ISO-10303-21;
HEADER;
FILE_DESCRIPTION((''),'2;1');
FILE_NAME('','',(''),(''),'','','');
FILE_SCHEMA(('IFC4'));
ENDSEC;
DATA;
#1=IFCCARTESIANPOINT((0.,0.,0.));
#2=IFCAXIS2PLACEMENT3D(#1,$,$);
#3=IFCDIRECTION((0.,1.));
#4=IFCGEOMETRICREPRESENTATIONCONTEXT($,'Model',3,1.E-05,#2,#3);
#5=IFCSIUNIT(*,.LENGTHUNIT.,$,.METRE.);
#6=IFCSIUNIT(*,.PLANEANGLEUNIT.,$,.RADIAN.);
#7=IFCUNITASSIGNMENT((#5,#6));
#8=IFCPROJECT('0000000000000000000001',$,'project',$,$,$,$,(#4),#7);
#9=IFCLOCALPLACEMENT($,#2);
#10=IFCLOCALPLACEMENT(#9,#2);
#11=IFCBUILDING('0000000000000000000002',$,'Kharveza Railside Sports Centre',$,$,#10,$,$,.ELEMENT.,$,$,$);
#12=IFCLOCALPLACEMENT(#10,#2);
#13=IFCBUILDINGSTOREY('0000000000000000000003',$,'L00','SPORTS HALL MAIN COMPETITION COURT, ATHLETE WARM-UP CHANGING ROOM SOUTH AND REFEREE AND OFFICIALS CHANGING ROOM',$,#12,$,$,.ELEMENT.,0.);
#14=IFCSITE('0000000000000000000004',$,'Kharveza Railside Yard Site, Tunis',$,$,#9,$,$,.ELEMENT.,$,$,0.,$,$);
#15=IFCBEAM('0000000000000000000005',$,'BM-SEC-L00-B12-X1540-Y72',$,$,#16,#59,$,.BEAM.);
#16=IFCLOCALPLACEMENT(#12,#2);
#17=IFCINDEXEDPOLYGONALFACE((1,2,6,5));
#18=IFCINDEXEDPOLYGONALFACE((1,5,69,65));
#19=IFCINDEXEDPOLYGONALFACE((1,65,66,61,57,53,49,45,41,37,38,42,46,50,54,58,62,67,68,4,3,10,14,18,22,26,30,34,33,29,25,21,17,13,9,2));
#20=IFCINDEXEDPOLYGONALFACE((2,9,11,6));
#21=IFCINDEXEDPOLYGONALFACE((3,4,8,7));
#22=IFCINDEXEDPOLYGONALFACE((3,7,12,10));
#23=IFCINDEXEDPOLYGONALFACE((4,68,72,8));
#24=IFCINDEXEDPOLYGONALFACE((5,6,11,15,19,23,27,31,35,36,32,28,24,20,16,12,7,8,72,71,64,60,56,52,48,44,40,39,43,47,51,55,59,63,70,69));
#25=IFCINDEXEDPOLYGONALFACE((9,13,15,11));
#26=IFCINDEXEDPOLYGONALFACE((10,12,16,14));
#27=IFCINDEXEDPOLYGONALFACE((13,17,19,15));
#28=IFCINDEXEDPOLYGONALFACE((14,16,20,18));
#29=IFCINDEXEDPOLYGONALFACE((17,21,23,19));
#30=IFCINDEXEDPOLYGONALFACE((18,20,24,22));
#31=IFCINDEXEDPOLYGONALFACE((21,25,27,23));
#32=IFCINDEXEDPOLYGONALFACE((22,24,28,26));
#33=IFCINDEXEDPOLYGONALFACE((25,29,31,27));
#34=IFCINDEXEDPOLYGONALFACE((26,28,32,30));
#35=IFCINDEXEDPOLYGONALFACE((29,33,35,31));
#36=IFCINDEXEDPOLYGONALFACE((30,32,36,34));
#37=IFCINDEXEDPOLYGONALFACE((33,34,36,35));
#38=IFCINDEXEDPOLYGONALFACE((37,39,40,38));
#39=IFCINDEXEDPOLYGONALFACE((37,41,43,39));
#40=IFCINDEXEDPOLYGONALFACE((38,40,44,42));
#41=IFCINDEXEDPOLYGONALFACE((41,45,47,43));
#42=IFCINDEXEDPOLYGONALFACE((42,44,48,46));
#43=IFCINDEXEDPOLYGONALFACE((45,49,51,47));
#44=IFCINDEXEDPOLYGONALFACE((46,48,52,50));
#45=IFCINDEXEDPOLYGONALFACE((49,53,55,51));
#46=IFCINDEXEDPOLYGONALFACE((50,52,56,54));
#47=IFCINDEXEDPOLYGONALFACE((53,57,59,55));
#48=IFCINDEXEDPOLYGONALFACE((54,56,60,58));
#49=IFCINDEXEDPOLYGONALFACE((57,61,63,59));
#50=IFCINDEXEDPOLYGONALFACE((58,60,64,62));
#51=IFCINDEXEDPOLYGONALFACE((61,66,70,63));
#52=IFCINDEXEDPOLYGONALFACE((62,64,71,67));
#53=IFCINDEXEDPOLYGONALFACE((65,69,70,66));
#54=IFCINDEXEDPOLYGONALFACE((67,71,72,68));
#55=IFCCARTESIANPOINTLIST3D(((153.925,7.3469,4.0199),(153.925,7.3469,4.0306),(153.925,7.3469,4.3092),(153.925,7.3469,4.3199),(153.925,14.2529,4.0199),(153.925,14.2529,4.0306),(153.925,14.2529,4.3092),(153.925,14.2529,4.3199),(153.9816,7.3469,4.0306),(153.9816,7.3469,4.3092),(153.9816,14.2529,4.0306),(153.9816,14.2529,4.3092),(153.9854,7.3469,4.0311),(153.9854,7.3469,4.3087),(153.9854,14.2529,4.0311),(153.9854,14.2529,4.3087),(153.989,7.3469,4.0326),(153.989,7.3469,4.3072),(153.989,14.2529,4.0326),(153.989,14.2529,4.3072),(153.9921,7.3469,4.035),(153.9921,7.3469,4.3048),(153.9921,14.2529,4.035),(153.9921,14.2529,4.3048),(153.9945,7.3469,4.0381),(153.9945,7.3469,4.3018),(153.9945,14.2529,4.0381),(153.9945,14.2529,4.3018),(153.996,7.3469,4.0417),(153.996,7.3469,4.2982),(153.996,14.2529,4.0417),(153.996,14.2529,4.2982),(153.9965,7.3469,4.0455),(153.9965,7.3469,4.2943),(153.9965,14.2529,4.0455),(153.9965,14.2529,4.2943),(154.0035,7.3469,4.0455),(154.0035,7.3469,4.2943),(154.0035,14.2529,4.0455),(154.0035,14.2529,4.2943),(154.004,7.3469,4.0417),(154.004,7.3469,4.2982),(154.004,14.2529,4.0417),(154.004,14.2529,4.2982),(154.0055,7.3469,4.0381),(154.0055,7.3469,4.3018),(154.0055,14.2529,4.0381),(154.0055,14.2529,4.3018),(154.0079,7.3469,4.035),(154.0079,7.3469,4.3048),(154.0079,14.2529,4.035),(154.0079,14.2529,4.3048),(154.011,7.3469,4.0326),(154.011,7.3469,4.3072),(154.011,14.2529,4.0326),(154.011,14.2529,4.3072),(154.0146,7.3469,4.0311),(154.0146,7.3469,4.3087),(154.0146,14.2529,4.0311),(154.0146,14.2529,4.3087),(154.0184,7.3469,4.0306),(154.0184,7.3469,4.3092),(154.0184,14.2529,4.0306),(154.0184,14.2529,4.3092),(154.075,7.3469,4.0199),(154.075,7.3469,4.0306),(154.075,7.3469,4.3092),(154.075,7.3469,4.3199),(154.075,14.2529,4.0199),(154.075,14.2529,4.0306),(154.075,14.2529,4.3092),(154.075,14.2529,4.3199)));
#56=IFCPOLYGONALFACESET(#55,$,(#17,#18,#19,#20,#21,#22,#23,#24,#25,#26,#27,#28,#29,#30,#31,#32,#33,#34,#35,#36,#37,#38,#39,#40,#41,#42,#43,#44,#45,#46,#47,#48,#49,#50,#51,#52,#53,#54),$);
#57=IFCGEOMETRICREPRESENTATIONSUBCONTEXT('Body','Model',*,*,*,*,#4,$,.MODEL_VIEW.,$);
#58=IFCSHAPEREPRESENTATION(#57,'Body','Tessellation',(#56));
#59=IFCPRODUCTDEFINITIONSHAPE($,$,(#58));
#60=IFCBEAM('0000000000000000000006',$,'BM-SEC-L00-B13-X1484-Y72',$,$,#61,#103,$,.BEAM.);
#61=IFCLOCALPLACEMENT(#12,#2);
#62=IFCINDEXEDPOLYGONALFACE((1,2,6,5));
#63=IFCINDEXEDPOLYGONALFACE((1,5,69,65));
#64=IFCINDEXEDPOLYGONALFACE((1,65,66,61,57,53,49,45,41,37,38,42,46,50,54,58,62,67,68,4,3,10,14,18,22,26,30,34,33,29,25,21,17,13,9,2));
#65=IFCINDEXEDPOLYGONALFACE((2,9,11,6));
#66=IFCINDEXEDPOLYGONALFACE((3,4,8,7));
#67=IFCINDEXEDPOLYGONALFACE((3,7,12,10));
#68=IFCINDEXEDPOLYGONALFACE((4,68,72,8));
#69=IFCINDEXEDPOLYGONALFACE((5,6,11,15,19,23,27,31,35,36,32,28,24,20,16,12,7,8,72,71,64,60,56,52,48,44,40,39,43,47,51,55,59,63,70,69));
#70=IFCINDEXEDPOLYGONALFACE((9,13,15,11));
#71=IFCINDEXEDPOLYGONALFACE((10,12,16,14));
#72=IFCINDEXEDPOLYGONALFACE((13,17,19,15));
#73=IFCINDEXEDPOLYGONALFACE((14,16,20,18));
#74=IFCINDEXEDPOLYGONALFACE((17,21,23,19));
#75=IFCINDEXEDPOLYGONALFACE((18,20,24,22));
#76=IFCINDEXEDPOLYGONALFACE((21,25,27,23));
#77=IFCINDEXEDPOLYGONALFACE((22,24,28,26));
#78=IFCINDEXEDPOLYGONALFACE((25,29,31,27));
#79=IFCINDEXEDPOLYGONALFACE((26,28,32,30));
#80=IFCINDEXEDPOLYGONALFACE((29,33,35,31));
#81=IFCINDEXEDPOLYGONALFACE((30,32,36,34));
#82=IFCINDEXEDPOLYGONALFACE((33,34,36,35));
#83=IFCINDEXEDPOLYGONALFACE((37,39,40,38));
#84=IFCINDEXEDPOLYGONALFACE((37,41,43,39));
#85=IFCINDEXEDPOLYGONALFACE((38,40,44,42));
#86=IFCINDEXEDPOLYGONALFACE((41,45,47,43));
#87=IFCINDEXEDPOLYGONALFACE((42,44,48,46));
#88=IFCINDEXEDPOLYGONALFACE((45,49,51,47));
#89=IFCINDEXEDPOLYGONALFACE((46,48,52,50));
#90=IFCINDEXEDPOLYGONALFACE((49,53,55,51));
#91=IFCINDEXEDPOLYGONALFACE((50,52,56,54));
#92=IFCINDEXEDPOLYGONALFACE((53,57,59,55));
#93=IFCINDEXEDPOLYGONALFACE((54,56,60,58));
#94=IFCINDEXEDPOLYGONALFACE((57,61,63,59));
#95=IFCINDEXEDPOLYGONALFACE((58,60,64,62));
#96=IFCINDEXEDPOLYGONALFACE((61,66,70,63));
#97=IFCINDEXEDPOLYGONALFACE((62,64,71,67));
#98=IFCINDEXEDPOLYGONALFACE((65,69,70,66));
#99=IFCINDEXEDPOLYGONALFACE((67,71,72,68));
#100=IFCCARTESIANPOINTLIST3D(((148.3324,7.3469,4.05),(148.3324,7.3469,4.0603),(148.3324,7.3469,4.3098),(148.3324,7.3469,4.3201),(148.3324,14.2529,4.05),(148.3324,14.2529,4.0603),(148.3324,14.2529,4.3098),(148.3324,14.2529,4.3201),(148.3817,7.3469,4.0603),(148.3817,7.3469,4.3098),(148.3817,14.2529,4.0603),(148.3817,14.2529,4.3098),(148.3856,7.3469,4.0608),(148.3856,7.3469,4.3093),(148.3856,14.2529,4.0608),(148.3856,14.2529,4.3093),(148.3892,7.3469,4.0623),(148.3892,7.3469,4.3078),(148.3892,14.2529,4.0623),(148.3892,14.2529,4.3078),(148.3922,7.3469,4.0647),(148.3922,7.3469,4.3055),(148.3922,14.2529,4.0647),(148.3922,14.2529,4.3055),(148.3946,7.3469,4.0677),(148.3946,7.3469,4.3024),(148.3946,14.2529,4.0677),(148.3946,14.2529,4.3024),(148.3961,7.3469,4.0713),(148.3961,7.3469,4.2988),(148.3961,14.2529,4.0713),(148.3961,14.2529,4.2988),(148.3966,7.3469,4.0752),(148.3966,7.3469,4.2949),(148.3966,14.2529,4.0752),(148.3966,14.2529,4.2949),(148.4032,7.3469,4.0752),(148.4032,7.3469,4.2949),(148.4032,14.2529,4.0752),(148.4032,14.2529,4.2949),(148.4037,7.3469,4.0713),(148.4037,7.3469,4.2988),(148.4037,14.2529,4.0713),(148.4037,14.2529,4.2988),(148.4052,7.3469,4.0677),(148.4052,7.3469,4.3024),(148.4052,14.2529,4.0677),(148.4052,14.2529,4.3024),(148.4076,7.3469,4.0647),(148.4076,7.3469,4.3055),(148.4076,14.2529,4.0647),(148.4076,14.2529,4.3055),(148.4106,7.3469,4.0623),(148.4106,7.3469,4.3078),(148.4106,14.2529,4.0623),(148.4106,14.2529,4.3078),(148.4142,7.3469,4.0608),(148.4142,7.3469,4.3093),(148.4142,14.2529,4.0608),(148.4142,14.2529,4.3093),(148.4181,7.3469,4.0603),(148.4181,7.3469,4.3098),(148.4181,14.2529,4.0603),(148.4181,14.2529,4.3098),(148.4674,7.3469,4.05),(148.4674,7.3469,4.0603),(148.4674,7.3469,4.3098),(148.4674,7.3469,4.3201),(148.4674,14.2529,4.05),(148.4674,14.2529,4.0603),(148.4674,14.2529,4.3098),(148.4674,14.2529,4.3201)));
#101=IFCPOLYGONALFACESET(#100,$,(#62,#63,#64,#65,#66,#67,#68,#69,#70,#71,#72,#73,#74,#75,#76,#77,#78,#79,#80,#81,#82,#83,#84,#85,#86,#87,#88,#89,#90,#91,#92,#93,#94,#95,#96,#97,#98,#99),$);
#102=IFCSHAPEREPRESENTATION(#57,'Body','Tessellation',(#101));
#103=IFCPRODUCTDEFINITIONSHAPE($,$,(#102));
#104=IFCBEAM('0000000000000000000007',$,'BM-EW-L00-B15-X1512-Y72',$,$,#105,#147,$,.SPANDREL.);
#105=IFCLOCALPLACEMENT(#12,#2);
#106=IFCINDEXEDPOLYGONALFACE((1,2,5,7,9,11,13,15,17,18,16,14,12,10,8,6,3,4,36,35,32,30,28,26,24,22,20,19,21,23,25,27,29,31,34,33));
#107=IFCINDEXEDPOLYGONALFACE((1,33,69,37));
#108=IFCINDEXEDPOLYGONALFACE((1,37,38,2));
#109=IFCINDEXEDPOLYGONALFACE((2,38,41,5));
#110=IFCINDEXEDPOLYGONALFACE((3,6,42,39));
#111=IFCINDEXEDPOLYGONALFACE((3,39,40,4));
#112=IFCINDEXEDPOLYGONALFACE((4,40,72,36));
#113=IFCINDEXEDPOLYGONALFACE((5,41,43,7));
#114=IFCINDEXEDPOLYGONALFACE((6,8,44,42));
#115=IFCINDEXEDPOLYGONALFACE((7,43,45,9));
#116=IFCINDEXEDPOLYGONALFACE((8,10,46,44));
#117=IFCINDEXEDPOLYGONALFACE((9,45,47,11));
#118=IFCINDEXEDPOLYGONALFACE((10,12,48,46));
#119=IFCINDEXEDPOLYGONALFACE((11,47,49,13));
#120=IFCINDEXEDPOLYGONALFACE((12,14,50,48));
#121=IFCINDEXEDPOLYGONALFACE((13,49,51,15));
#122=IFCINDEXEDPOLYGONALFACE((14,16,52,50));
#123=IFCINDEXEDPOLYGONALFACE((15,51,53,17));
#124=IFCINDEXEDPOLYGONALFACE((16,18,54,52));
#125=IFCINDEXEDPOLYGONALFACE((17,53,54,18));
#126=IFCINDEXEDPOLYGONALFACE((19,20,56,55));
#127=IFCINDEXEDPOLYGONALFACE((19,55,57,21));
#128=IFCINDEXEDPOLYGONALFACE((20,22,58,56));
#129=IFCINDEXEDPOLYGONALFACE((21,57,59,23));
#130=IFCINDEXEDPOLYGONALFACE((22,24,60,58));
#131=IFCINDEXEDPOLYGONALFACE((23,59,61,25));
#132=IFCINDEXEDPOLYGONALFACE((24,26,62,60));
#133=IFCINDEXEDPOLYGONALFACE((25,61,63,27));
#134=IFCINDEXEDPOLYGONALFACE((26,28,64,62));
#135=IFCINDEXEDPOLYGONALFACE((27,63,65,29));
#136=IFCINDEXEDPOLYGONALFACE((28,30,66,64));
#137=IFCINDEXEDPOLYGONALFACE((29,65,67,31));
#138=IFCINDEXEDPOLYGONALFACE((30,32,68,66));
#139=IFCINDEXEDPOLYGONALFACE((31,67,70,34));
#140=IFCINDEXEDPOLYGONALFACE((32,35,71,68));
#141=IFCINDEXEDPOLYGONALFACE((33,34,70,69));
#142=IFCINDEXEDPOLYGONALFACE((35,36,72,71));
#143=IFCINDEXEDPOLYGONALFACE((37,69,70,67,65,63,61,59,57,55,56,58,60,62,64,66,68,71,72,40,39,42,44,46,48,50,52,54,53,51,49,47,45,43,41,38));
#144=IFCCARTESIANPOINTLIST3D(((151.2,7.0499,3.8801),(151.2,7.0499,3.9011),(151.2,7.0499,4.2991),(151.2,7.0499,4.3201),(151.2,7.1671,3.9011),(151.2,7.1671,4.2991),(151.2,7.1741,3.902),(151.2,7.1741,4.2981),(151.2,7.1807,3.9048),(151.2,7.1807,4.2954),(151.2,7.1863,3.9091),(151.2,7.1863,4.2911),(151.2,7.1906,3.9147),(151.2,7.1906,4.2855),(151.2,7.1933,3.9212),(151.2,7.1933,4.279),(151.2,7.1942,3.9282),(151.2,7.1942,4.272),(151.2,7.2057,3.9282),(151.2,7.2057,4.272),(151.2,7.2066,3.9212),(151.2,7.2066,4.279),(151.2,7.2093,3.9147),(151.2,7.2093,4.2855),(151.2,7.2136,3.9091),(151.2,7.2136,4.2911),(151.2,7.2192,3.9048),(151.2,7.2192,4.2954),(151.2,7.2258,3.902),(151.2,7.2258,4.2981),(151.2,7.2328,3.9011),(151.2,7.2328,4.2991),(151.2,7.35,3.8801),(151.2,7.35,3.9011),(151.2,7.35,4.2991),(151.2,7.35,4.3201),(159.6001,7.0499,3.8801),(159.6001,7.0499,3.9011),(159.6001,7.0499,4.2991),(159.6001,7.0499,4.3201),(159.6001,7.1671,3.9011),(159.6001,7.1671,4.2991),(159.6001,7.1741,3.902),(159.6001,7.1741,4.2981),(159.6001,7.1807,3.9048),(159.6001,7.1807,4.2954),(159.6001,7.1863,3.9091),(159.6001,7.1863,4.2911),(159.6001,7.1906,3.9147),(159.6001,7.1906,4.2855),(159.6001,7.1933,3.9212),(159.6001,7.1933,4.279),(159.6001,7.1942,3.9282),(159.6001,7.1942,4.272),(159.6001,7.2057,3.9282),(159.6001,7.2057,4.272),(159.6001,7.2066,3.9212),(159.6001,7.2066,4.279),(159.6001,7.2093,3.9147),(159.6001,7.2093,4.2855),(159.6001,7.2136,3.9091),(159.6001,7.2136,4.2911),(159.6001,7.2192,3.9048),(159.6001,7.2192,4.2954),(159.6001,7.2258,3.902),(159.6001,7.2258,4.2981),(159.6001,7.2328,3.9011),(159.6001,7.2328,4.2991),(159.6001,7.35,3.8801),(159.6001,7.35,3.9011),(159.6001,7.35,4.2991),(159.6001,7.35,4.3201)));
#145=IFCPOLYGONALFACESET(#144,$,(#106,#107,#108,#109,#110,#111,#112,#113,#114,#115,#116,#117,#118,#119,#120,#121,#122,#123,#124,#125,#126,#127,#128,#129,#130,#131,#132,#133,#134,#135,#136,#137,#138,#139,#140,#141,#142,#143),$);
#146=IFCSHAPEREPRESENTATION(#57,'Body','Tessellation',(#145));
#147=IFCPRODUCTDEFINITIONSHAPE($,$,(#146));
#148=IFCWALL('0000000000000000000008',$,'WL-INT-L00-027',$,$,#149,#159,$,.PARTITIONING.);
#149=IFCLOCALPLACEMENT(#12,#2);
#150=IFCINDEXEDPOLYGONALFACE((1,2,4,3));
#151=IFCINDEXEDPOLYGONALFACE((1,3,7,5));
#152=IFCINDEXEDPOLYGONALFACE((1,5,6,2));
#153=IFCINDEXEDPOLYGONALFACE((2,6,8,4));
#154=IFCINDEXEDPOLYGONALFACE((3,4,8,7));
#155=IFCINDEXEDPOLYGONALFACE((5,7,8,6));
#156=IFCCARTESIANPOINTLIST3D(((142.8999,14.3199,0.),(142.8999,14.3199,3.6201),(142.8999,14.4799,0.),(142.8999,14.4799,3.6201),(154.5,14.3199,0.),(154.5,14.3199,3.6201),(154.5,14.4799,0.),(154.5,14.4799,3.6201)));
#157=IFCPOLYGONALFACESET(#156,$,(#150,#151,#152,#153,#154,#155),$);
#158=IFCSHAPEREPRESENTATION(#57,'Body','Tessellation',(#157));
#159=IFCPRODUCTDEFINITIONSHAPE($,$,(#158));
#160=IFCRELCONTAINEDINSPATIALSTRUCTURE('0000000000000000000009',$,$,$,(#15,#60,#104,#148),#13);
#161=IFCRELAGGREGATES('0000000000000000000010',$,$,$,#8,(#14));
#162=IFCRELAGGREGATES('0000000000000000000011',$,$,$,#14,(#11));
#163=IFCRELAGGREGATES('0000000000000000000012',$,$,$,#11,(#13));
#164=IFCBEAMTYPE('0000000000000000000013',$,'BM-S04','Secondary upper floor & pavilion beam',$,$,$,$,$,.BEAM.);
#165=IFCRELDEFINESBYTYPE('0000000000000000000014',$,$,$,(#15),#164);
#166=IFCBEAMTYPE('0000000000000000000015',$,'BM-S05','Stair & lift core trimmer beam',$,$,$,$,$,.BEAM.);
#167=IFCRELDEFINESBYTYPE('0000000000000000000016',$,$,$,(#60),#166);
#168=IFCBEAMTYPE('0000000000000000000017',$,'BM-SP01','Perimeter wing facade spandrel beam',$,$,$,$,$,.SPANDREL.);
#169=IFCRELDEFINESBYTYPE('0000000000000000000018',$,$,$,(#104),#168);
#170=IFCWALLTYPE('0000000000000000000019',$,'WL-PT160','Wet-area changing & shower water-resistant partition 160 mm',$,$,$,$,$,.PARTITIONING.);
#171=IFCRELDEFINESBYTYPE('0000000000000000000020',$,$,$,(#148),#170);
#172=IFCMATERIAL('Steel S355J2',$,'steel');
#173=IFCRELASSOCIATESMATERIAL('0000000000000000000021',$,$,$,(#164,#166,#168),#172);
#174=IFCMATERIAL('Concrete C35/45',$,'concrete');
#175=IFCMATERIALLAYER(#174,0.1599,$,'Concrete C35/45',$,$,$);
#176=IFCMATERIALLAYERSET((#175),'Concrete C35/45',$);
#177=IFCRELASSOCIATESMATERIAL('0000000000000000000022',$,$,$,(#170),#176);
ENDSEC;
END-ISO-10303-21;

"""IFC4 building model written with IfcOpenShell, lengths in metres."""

from ifc_helpers import new_model, si_unit, direction, frame, frame_2d, origin, origin_2d, place, context, subcontext, project, spatial, rectangle, i_section, extrude, material, layer, layer_set, material_profile, profile_set, type_object, element, save


model = new_model("IFC4")

# Units and contexts
model_context = context("Model", 3, precision=1e-05, world=origin(), true_north=direction((0.0, 1.0)))
body_context = subcontext(model_context, "Body", "Model", "MODEL_VIEW")
ifc_project = project(units=[si_unit("LENGTHUNIT", "METRE"), si_unit("PLANEANGLEUNIT", "RADIAN")], contexts=[model_context])

# Site, building, storey
site_placement = place(None, origin())
site = spatial("IfcSite", under=ifc_project, at=site_placement, Name="Kharveza Railside Yard Site, Tunis", CompositionType="ELEMENT", RefElevation=0.0)
building_placement = place(site_placement, origin())
building = spatial("IfcBuilding", under=site, at=building_placement, Name="Kharveza Railside Sports Centre", CompositionType="ELEMENT")
storey_placement = place(building_placement, origin())
storey = spatial("IfcBuildingStorey", under=building, at=storey_placement, Name="L00", Description="SPORTS HALL MAIN COMPETITION COURT, ATHLETE WARM-UP CHANGING ROOM SOUTH AND REFEREE AND OFFICIALS CHANGING ROOM", CompositionType="ELEMENT", Elevation=0.0)

# Shared definitions
ifc_material_1 = material(Name="Concrete C35/45", Category="concrete")

# Shared definitions
ifc_material_2 = material(Name="Steel S355J2", Category="steel")

# Beams
ifc_material_profile_1 = material_profile(ifc_material_2, i_section(OverallWidth=0.1499, OverallDepth=0.3, WebThickness=0.0071, FlangeThickness=0.0107, FilletRadius=0.0149, at=origin_2d()), Name="IPE 300")
ifc_profile_set_1 = profile_set([ifc_material_profile_1], Name="Steel S355J2")
beam_type_1 = type_object("IfcBeamType", Name="BM-S04", Description="Secondary upper floor & pavilion beam", PredefinedType="BEAM", material=ifc_profile_set_1)
beam_1_placement = place(storey_placement, frame((154.0, 7.3469, 4.1699), z_axis=(0.0, 1.0, 0.0), x_axis=(-1.0, 0.0, 0.0)))
element("IfcBeam", 1, at=beam_1_placement, inside=storey, type_object=beam_type_1, Name="BM-SEC-L00-B12-X1540-Y72", PredefinedType="BEAM", context=body_context, shape_type="SweptSolid", body=[
    extrude(i_section(OverallWidth=0.1499, OverallDepth=0.3, WebThickness=0.0071, FlangeThickness=0.0107, FilletRadius=0.0149, at=origin_2d()), origin(), (0.0, 0.0, 1.0), 6.906),
])
ifc_material_profile_2 = material_profile(ifc_material_2, i_section(OverallWidth=0.135, OverallDepth=0.27, WebThickness=0.0066, FlangeThickness=0.0103, FilletRadius=0.0149, at=origin_2d()), Name="IPE 270")
ifc_profile_set_2 = profile_set([ifc_material_profile_2], Name="Steel S355J2")
beam_type_2 = type_object("IfcBeamType", Name="BM-S05", Description="Stair & lift core trimmer beam", PredefinedType="BEAM", material=ifc_profile_set_2)
beam_2_placement = place(storey_placement, frame((148.3999, 7.3469, 4.1851), z_axis=(0.0, 1.0, 0.0), x_axis=(-1.0, 0.0, 0.0)))
element("IfcBeam", 2, at=beam_2_placement, inside=storey, type_object=beam_type_2, Name="BM-SEC-L00-B13-X1484-Y72", PredefinedType="BEAM", context=body_context, shape_type="SweptSolid", body=[
    extrude(i_section(OverallWidth=0.135, OverallDepth=0.27, WebThickness=0.0066, FlangeThickness=0.0103, FilletRadius=0.0149, at=origin_2d()), origin(), (0.0, 0.0, 1.0), 6.906),
])
ifc_material_profile_3 = material_profile(ifc_material_2, i_section(OverallWidth=0.3, OverallDepth=0.4399, WebThickness=0.0115, FlangeThickness=0.021, FilletRadius=0.0271, at=origin_2d()), Name="HEA 450")
ifc_profile_set_3 = profile_set([ifc_material_profile_3], Name="Steel S355J2")
beam_type_3 = type_object("IfcBeamType", Name="BM-SP01", Description="Perimeter wing facade spandrel beam", PredefinedType="SPANDREL", material=ifc_profile_set_3)
beam_3_placement = place(storey_placement, frame((151.2, 7.2, 4.1001), z_axis=(1.0, 0.0, 0.0), x_axis=(0.0, 1.0, 0.0)))
element("IfcBeam", 3, at=beam_3_placement, inside=storey, type_object=beam_type_3, Name="BM-EW-L00-B15-X1512-Y72", PredefinedType="SPANDREL", context=body_context, shape_type="SweptSolid", body=[
    extrude(i_section(OverallWidth=0.3, OverallDepth=0.4399, WebThickness=0.0115, FlangeThickness=0.021, FilletRadius=0.0271, at=origin_2d()), origin(), (0.0, 0.0, 1.0), 8.4001),
])

# Wall
ifc_layer_1 = layer(ifc_material_1, 0.1599, Name="Concrete C35/45")
ifc_layer_set_1 = layer_set([ifc_layer_1], Name="Concrete C35/45")
wall_type_1 = type_object("IfcWallType", Name="WL-PT160", Description="Wet-area changing & shower water-resistant partition 160 mm", PredefinedType="PARTITIONING", material=ifc_layer_set_1)
wall_1_placement = place(storey_placement, frame((142.8999, 14.3999, 0.0), z_axis=(0.0, 0.0, 1.0), x_axis=(1.0, 0.0, 0.0)))
element("IfcWall", 4, at=wall_1_placement, inside=storey, type_object=wall_type_1, Name="WL-INT-L00-027", PredefinedType="PARTITIONING", context=body_context, shape_type="SweptSolid", body=[
    extrude(rectangle(XDim=11.6001, YDim=0.1599, at=frame_2d((5.8, 0.0))), origin(), (0.0, 0.0, 1.0), 3.6201),
])

save(model, "model.ifc")
